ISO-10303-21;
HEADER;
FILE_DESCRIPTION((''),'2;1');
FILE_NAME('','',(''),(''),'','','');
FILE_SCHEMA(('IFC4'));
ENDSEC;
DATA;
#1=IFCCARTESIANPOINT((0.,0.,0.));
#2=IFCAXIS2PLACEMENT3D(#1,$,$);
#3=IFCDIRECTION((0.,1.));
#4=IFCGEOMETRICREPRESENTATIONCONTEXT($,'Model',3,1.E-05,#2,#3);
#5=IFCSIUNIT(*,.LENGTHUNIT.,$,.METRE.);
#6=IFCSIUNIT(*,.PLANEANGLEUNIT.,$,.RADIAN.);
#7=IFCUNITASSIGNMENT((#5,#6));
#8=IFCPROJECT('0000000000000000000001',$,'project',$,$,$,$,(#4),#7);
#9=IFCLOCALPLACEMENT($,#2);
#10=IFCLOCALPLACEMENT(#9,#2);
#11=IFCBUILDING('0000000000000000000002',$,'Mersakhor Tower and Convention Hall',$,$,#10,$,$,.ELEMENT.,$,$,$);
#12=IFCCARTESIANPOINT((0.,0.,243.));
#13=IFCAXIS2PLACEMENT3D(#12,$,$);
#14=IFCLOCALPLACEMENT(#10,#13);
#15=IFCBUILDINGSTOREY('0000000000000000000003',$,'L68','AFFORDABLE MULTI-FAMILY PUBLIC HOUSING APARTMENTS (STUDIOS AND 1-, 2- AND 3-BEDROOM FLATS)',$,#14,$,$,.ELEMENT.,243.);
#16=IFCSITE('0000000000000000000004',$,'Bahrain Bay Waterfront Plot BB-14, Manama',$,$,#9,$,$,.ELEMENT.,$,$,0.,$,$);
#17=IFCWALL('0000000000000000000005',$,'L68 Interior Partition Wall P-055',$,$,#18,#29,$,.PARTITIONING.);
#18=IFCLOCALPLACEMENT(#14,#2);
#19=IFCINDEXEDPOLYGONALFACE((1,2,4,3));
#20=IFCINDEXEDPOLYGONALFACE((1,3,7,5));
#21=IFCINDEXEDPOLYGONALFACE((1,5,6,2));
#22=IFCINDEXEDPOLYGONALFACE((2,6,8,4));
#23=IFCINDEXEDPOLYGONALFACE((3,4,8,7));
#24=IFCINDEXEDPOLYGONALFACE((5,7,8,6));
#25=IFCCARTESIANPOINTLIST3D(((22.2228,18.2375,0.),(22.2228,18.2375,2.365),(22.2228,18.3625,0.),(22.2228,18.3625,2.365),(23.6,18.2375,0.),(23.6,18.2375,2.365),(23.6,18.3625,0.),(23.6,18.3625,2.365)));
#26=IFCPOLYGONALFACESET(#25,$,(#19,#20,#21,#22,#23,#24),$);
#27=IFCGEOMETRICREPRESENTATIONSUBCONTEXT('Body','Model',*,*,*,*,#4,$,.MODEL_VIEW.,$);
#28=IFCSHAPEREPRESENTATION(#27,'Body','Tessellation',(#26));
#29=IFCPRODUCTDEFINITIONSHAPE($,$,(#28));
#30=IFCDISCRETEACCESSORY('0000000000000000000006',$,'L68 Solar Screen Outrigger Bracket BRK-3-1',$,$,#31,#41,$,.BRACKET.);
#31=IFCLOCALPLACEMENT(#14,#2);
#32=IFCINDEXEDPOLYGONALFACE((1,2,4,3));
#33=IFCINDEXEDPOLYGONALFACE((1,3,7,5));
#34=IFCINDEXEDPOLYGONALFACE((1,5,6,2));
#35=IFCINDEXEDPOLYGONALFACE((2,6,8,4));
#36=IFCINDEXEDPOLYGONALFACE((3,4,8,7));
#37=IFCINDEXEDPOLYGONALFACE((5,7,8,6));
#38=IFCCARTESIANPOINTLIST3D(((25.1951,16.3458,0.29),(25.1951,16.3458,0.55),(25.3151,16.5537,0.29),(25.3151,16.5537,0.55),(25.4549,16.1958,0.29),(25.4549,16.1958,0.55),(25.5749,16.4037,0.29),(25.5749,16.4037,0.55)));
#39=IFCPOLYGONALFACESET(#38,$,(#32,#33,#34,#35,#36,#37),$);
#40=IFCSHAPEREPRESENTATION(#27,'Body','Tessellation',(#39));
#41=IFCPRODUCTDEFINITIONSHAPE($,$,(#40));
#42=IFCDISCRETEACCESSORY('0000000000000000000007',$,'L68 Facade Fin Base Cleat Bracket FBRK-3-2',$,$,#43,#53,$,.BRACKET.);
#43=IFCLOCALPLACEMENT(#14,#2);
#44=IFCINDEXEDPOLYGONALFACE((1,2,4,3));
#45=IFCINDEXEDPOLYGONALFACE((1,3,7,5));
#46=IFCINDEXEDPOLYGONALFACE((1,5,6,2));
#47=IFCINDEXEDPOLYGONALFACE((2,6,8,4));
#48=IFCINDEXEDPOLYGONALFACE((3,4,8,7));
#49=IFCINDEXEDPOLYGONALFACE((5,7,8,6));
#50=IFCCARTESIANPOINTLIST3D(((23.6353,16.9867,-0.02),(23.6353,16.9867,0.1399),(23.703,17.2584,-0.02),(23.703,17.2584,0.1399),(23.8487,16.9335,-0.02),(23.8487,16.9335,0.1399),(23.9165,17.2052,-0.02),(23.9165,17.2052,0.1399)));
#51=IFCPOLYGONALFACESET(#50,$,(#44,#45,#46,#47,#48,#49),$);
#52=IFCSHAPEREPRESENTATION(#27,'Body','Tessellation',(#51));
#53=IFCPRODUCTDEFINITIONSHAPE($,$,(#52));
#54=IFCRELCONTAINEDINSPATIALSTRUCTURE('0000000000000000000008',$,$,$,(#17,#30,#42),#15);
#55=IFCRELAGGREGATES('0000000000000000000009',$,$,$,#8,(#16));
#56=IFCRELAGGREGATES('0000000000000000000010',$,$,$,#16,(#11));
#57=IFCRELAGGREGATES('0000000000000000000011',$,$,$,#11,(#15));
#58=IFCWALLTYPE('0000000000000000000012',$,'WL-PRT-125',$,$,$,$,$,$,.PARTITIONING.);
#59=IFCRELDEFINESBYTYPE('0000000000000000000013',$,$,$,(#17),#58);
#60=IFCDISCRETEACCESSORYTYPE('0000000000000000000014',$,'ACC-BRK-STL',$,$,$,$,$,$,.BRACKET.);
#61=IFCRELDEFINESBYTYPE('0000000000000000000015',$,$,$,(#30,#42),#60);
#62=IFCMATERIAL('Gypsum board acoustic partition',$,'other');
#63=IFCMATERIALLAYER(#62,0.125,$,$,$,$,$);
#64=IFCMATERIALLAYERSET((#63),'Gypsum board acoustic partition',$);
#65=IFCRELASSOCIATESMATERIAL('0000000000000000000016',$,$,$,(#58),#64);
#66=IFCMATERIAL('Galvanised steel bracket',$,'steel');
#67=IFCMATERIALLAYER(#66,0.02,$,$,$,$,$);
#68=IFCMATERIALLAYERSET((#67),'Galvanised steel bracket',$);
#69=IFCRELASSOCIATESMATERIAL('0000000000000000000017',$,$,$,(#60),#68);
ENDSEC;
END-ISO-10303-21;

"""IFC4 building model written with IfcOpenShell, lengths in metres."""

from ifc_helpers import new_model, si_unit, direction, frame, frame_2d, origin, origin_2d, place, context, subcontext, project, spatial, rectangle, extrude, material, layer, layer_set, type_object, element, save


model = new_model("IFC4")

# Units and contexts
model_context = context("Model", 3, precision=1e-05, world=origin(), true_north=direction((0.0, 1.0)))
body_context = subcontext(model_context, "Body", "Model", "MODEL_VIEW")
ifc_project = project(units=[si_unit("LENGTHUNIT", "METRE"), si_unit("PLANEANGLEUNIT", "RADIAN")], contexts=[model_context])

# Site, building, storey
site_placement = place(None, origin())
site = spatial("IfcSite", under=ifc_project, at=site_placement, Name="Bahrain Bay Waterfront Plot BB-14, Manama", CompositionType="ELEMENT", RefElevation=0.0)
building_placement = place(site_placement, origin())
building = spatial("IfcBuilding", under=site, at=building_placement, Name="Mersakhor Tower and Convention Hall", CompositionType="ELEMENT")
storey_placement = place(building_placement, frame((0.0, 0.0, 243.0)))
storey = spatial("IfcBuildingStorey", under=building, at=storey_placement, Name="L68", Description="AFFORDABLE MULTI-FAMILY PUBLIC HOUSING APARTMENTS (STUDIOS AND 1-, 2- AND 3-BEDROOM FLATS)", CompositionType="ELEMENT", Elevation=243.0)

# Wall
ifc_material_1 = material(Name="Gypsum board acoustic partition", Category="other")
ifc_layer_1 = layer(ifc_material_1, 0.125)
ifc_layer_set_1 = layer_set([ifc_layer_1], Name="Gypsum board acoustic partition")
wall_type_1 = type_object("IfcWallType", Name="WL-PRT-125", PredefinedType="PARTITIONING", material=ifc_layer_set_1)
wall_1_placement = place(storey_placement, frame((22.2229, 18.3, 0.0), z_axis=(0.0, 0.0, 1.0), x_axis=(1.0, 0.0, 0.0)))
element("IfcWall", 1, at=wall_1_placement, inside=storey, type_object=wall_type_1, Name="L68 Interior Partition Wall P-055", PredefinedType="PARTITIONING", context=body_context, shape_type="SweptSolid", body=[
    extrude(rectangle(XDim=1.3772, YDim=0.125, at=frame_2d((0.6885, 0.0))), origin(), (0.0, 0.0, 1.0), 2.365),
])

# Discrete accessories
ifc_material_2 = material(Name="Galvanised steel bracket", Category="steel")
ifc_layer_2 = layer(ifc_material_2, 0.02)
ifc_layer_set_2 = layer_set([ifc_layer_2], Name="Galvanised steel bracket")
discrete_accessory_type = type_object("IfcDiscreteAccessoryType", Name="ACC-BRK-STL", PredefinedType="BRACKET", material=ifc_layer_set_2)
discrete_accessory_1_placement = place(storey_placement, frame((25.385, 16.3748, 0.29), z_axis=(0.0, 0.0, 1.0), x_axis=(-0.866025, 0.5, 0.0)))
element("IfcDiscreteAccessory", 2, at=discrete_accessory_1_placement, inside=storey, type_object=discrete_accessory_type, Name="L68 Solar Screen Outrigger Bracket BRK-3-1", PredefinedType="BRACKET", context=body_context, shape_type="SweptSolid", body=[
    extrude(rectangle(XDim=0.3, YDim=0.24, at=origin_2d()), origin(), (0.0, 0.0, 1.0), 0.26),
])
discrete_accessory_2_placement = place(storey_placement, frame((23.7759, 17.0959, -0.02), z_axis=(0.0, 0.0, 1.0), x_axis=(-0.241922, -0.970296, 0.0)))
element("IfcDiscreteAccessory", 3, at=discrete_accessory_2_placement, inside=storey, type_object=discrete_accessory_type, Name="L68 Facade Fin Base Cleat Bracket FBRK-3-2", PredefinedType="BRACKET", context=body_context, shape_type="SweptSolid", body=[
    extrude(rectangle(XDim=0.28, YDim=0.22, at=origin_2d()), origin(), (0.0, 0.0, 1.0), 0.1599),
])

save(model, "model.ifc")
